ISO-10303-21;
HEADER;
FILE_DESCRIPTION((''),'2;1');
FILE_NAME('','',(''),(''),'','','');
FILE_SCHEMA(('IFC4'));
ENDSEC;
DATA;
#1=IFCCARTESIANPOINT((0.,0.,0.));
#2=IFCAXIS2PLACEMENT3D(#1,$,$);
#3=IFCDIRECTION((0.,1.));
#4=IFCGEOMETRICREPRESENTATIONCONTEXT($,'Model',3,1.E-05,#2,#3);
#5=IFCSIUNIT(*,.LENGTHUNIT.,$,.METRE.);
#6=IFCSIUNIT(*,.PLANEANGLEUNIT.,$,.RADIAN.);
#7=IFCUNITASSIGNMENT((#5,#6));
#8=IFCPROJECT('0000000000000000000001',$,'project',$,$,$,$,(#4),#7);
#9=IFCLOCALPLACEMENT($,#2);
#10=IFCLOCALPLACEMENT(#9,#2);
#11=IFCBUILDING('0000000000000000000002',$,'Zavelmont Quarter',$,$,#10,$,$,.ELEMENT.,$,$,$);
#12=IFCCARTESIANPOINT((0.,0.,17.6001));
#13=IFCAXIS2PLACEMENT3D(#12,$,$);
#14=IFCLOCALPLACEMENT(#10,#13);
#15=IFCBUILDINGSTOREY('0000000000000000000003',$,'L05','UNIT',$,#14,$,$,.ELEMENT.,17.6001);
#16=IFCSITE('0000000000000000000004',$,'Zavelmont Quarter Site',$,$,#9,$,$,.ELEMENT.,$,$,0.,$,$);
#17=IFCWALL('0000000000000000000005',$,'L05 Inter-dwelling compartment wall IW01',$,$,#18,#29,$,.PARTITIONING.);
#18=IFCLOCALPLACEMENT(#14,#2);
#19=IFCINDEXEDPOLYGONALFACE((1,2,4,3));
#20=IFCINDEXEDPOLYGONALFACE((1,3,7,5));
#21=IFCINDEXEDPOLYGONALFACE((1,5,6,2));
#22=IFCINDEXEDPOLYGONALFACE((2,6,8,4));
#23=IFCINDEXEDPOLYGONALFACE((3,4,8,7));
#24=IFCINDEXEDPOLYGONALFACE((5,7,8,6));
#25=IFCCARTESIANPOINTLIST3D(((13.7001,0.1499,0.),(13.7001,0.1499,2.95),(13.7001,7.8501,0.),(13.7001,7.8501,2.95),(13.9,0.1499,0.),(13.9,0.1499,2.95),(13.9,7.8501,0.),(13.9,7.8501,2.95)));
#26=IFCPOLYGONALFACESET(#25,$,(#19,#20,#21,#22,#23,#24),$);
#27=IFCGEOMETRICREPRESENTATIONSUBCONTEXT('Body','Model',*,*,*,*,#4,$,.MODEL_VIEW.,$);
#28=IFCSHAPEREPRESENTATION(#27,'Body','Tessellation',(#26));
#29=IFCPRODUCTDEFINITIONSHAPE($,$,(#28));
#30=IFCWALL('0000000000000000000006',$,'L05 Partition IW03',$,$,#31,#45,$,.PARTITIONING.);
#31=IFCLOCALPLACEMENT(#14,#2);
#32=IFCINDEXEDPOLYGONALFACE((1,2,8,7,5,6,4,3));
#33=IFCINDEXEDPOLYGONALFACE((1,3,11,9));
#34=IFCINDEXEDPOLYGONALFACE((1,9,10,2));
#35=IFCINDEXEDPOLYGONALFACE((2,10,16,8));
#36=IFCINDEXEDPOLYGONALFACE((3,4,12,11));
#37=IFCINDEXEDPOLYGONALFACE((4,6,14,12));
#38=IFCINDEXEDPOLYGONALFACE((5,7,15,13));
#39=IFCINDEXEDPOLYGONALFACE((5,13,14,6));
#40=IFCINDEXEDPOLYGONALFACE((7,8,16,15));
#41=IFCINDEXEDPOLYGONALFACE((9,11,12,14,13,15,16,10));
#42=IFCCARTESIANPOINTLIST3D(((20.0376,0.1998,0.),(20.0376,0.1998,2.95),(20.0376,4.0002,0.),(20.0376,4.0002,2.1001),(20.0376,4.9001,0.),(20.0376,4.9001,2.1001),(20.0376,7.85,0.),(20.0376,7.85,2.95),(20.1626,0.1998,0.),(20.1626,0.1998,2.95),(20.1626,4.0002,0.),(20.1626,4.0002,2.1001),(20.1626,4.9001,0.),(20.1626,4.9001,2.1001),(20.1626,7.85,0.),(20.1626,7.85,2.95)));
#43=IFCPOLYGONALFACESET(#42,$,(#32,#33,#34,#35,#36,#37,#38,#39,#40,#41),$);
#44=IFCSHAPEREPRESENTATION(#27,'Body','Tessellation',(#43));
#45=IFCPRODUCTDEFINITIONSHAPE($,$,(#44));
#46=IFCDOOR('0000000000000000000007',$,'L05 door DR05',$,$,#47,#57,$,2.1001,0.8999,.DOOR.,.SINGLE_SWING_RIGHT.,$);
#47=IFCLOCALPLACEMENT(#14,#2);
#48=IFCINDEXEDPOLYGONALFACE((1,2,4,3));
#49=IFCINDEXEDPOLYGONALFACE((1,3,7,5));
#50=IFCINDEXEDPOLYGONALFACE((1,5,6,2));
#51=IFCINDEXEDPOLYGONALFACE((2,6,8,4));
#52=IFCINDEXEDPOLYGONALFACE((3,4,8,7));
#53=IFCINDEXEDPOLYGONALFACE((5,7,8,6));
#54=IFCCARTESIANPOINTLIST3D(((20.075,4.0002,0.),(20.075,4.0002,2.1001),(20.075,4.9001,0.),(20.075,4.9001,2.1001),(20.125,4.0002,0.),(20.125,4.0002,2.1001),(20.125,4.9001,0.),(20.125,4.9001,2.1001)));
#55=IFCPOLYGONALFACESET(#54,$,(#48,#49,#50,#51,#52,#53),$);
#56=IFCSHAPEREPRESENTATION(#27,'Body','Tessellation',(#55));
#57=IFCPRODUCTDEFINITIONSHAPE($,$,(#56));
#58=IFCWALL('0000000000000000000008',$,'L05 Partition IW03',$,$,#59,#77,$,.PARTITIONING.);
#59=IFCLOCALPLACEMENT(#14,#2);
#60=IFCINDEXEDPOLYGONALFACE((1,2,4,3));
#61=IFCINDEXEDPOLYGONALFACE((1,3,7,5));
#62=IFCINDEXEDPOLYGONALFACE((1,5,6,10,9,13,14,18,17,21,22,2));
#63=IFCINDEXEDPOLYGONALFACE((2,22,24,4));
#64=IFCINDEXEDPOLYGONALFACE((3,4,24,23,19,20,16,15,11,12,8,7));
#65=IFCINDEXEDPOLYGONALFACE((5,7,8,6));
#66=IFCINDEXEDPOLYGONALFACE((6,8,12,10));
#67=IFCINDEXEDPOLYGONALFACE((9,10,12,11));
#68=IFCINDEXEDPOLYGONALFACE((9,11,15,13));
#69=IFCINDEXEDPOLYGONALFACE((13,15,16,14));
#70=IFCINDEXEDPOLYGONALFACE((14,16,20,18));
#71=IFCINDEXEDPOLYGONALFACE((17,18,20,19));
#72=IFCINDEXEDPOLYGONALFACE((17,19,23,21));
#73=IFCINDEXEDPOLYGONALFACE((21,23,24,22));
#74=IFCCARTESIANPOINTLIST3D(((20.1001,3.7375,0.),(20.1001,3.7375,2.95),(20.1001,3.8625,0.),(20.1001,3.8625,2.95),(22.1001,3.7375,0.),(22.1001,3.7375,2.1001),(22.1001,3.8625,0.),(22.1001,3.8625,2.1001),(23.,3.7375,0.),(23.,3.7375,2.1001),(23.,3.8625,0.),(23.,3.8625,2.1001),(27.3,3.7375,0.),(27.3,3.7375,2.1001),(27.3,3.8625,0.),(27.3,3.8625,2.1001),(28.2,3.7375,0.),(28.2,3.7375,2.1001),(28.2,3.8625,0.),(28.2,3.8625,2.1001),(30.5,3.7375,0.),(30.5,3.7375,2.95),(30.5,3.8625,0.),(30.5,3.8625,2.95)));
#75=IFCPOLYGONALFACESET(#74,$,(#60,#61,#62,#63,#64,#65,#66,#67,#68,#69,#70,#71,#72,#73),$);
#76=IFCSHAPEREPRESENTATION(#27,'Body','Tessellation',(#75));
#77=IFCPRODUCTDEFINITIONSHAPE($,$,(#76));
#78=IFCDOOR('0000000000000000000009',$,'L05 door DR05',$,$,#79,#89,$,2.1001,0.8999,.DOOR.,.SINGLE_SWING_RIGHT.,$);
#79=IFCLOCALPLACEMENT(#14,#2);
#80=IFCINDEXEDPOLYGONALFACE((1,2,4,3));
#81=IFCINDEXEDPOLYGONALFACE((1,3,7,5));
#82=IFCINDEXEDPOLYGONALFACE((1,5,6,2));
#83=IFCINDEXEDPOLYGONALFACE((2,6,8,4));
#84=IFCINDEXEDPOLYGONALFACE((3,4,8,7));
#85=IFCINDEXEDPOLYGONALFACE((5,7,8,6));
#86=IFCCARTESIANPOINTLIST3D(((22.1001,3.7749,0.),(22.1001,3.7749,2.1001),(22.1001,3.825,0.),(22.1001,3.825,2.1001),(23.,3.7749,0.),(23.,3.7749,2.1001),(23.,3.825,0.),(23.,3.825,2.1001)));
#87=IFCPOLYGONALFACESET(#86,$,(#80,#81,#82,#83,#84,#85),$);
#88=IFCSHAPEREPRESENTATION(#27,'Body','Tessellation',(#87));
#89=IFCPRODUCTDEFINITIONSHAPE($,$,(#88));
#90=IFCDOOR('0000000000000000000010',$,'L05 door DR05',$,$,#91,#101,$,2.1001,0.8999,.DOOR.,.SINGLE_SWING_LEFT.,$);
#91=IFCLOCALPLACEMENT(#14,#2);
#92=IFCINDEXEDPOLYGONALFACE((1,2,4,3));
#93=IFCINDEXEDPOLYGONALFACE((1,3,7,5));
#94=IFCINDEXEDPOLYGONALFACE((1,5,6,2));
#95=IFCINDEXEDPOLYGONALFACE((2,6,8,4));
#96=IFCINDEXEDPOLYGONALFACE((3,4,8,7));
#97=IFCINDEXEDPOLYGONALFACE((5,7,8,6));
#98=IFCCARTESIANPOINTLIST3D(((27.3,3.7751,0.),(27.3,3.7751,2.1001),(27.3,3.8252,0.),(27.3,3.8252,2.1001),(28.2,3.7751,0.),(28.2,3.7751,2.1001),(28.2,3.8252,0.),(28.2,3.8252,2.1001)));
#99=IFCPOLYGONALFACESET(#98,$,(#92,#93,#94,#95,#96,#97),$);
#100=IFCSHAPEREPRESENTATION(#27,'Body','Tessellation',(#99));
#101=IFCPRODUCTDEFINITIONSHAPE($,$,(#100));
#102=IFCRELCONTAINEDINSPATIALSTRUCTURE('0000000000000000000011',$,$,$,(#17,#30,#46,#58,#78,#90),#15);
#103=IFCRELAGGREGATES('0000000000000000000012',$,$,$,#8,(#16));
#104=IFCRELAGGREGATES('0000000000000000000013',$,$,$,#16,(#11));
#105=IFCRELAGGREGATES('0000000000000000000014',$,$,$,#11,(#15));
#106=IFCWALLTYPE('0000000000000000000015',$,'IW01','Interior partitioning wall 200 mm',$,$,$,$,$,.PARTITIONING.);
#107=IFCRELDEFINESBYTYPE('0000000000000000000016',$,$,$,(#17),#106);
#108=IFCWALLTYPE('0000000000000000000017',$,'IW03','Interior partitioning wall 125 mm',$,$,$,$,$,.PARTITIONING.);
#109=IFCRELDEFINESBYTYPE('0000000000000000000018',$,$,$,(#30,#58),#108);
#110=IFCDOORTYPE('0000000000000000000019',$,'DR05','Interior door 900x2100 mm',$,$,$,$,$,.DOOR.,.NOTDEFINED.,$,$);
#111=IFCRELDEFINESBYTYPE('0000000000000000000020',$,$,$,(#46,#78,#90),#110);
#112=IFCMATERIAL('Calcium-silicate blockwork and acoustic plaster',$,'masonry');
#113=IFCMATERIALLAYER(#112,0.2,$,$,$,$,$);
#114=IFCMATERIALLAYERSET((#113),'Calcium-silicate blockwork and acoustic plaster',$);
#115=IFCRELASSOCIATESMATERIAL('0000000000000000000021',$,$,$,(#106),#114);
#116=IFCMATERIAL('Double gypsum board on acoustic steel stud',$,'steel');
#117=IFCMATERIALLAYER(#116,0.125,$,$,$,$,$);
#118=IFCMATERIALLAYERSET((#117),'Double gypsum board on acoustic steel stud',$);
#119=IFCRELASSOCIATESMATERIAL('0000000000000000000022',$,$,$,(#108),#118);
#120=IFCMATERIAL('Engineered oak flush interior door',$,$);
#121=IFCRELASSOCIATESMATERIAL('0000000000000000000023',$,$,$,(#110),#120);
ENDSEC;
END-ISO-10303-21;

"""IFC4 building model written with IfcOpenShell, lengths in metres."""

from ifc_helpers import new_model, si_unit, direction, frame, frame_2d, origin, origin_with_axes, place, context, subcontext, project, spatial, rectangle, extrude, material, layer, layer_set, type_object, element, fill, save


model = new_model("IFC4")

# Units and contexts
model_context = context("Model", 3, precision=1e-05, world=origin(), true_north=direction((0.0, 1.0)))
body_context = subcontext(model_context, "Body", "Model", "MODEL_VIEW")
ifc_project = project(units=[si_unit("LENGTHUNIT", "METRE"), si_unit("PLANEANGLEUNIT", "RADIAN")], contexts=[model_context])

# Site, building, storey
site_placement = place(None, origin())
site = spatial("IfcSite", under=ifc_project, at=site_placement, Name="Zavelmont Quarter Site", CompositionType="ELEMENT", RefElevation=0.0)
building_placement = place(site_placement, origin())
building = spatial("IfcBuilding", under=site, at=building_placement, Name="Zavelmont Quarter", CompositionType="ELEMENT")
storey_placement = place(building_placement, frame((0.0, 0.0, 17.6001)))
storey = spatial("IfcBuildingStorey", under=building, at=storey_placement, Name="L05", Description="UNIT", CompositionType="ELEMENT", Elevation=17.6001)

# Wall
ifc_material_1 = material(Name="Calcium-silicate blockwork and acoustic plaster", Category="masonry")
ifc_layer_1 = layer(ifc_material_1, 0.2)
ifc_layer_set_1 = layer_set([ifc_layer_1], Name="Calcium-silicate blockwork and acoustic plaster")
wall_type_1 = type_object("IfcWallType", Name="IW01", Description="Interior partitioning wall 200 mm", PredefinedType="PARTITIONING", material=ifc_layer_set_1)
wall_1_placement = place(storey_placement, frame((13.8, 7.8501, 0.0), z_axis=(0.0, 0.0, 1.0), x_axis=(0.0, -1.0, 0.0)))
element("IfcWall", 1, at=wall_1_placement, inside=storey, type_object=wall_type_1, Name="L05 Inter-dwelling compartment wall IW01", PredefinedType="PARTITIONING", context=body_context, shape_type="SweptSolid", body=[
    extrude(rectangle(XDim=7.7002, YDim=0.2, at=frame_2d((3.8501, 0.0))), origin(), (0.0, 0.0, 1.0), 2.95),
])

# Wall, opening, door
ifc_material_2 = material(Name="Double gypsum board on acoustic steel stud", Category="steel")
ifc_layer_2 = layer(ifc_material_2, 0.125)
ifc_layer_set_2 = layer_set([ifc_layer_2], Name="Double gypsum board on acoustic steel stud")
wall_type_2 = type_object("IfcWallType", Name="IW03", Description="Interior partitioning wall 125 mm", PredefinedType="PARTITIONING", material=ifc_layer_set_2)
wall_2_placement = place(storey_placement, frame((20.1001, 7.8501, 0.0), z_axis=(0.0, 0.0, 1.0), x_axis=(0.0, -1.0, 0.0)))
wall_2 = element("IfcWall", 2, at=wall_2_placement, inside=storey, type_object=wall_type_2, Name="L05 Partition IW03", PredefinedType="PARTITIONING", context=body_context, shape_type="SweptSolid", body=[
    extrude(rectangle(XDim=7.6501, YDim=0.125, at=frame_2d((3.8252, 0.0))), origin(), (0.0, 0.0, 1.0), 2.95),
])
opening_1_placement = place(wall_2_placement, frame((2.95, 0.0, 0.0)))
opening_1 = element("IfcOpeningElement", 3, at=opening_1_placement, cuts=wall_2, PredefinedType="OPENING", context=body_context, shape_type="SweptSolid", body=[
    extrude(rectangle(XDim=0.8999, YDim=2.1001, at=frame_2d((0.45, 1.05))), frame((0.0, 0.0745, 0.0), z_axis=(0.0, -1.0, 0.0), x_axis=(1.0, 0.0, 0.0)), (0.0, 0.0, 1.0), 0.1489),
])
ifc_material_3 = material(Name="Engineered oak flush interior door")
door_type_1 = type_object("IfcDoorType", Name="DR05", Description="Interior door 900x2100 mm", OperationType="NOTDEFINED", PredefinedType="DOOR", material=ifc_material_3)
door_1_placement = place(opening_1_placement, origin_with_axes())
door_1 = element("IfcDoor", 4, at=door_1_placement, inside=storey, type_object=door_type_1, Name="L05 door DR05", OperationType="SINGLE_SWING_RIGHT", OverallHeight=2.1001, OverallWidth=0.8999, PredefinedType="DOOR", context=body_context, shape_type="SweptSolid", body=[
    extrude(rectangle(XDim=0.8999, YDim=2.1001, at=frame_2d((0.45, 1.05))), frame((0.0, 0.0249, 0.0), z_axis=(0.0, -1.0, 0.0), x_axis=(1.0, 0.0, 0.0)), (0.0, 0.0, 1.0), 0.05),
])
fill(opening_1, door_1)

# Wall, openings, doors
wall_3_placement = place(storey_placement, frame((20.1001, 3.8, 0.0), z_axis=(0.0, 0.0, 1.0), x_axis=(1.0, 0.0, 0.0)))
wall_3 = element("IfcWall", 5, at=wall_3_placement, inside=storey, type_object=wall_type_2, Name="L05 Partition IW03", PredefinedType="PARTITIONING", context=body_context, shape_type="SweptSolid", body=[
    extrude(rectangle(XDim=10.3999, YDim=0.125, at=frame_2d((5.2, 0.0))), origin(), (0.0, 0.0, 1.0), 2.95),
])
opening_2_placement = place(wall_3_placement, frame((2.0, 0.0, 0.0)))
opening_2 = element("IfcOpeningElement", 6, at=opening_2_placement, cuts=wall_3, PredefinedType="OPENING", context=body_context, shape_type="SweptSolid", body=[
    extrude(rectangle(XDim=0.8999, YDim=2.1001, at=frame_2d((0.45, 1.05))), frame((0.0, 0.0745, 0.0), z_axis=(0.0, -1.0, 0.0), x_axis=(1.0, 0.0, 0.0)), (0.0, 0.0, 1.0), 0.1489),
])
opening_3_placement = place(wall_3_placement, frame((7.2, 0.0, 0.0)))
opening_3 = element("IfcOpeningElement", 7, at=opening_3_placement, cuts=wall_3, PredefinedType="OPENING", context=body_context, shape_type="SweptSolid", body=[
    extrude(rectangle(XDim=0.8999, YDim=2.1001, at=frame_2d((0.45, 1.05))), frame((0.0, 0.0745, 0.0), z_axis=(0.0, -1.0, 0.0), x_axis=(1.0, 0.0, 0.0)), (0.0, 0.0, 1.0), 0.1489),
])
door_2_placement = place(opening_2_placement, origin_with_axes())
door_2 = element("IfcDoor", 8, at=door_2_placement, inside=storey, type_object=door_type_1, Name="L05 door DR05", OperationType="SINGLE_SWING_RIGHT", OverallHeight=2.1001, OverallWidth=0.8999, PredefinedType="DOOR", context=body_context, shape_type="SweptSolid", body=[
    extrude(rectangle(XDim=0.8999, YDim=2.1001, at=frame_2d((0.45, 1.05))), frame((0.0, 0.0249, 0.0), z_axis=(0.0, -1.0, 0.0), x_axis=(1.0, 0.0, 0.0)), (0.0, 0.0, 1.0), 0.05),
])
fill(opening_2, door_2)
door_3_placement = place(opening_3_placement, frame((0.8999, 0.0, 0.0), z_axis=(0.0, 0.0, 1.0), x_axis=(-1.0, 0.0, 0.0)))
door_3 = element("IfcDoor", 9, at=door_3_placement, inside=storey, type_object=door_type_1, Name="L05 door DR05", OperationType="SINGLE_SWING_LEFT", OverallHeight=2.1001, OverallWidth=0.8999, PredefinedType="DOOR", context=body_context, shape_type="SweptSolid", body=[
    extrude(rectangle(XDim=0.8999, YDim=2.1001, at=frame_2d((0.45, 1.05))), frame((0.0, 0.0249, 0.0), z_axis=(0.0, -1.0, 0.0), x_axis=(1.0, 0.0, 0.0)), (0.0, 0.0, 1.0), 0.05),
])
fill(opening_3, door_3)

save(model, "model.ifc")
